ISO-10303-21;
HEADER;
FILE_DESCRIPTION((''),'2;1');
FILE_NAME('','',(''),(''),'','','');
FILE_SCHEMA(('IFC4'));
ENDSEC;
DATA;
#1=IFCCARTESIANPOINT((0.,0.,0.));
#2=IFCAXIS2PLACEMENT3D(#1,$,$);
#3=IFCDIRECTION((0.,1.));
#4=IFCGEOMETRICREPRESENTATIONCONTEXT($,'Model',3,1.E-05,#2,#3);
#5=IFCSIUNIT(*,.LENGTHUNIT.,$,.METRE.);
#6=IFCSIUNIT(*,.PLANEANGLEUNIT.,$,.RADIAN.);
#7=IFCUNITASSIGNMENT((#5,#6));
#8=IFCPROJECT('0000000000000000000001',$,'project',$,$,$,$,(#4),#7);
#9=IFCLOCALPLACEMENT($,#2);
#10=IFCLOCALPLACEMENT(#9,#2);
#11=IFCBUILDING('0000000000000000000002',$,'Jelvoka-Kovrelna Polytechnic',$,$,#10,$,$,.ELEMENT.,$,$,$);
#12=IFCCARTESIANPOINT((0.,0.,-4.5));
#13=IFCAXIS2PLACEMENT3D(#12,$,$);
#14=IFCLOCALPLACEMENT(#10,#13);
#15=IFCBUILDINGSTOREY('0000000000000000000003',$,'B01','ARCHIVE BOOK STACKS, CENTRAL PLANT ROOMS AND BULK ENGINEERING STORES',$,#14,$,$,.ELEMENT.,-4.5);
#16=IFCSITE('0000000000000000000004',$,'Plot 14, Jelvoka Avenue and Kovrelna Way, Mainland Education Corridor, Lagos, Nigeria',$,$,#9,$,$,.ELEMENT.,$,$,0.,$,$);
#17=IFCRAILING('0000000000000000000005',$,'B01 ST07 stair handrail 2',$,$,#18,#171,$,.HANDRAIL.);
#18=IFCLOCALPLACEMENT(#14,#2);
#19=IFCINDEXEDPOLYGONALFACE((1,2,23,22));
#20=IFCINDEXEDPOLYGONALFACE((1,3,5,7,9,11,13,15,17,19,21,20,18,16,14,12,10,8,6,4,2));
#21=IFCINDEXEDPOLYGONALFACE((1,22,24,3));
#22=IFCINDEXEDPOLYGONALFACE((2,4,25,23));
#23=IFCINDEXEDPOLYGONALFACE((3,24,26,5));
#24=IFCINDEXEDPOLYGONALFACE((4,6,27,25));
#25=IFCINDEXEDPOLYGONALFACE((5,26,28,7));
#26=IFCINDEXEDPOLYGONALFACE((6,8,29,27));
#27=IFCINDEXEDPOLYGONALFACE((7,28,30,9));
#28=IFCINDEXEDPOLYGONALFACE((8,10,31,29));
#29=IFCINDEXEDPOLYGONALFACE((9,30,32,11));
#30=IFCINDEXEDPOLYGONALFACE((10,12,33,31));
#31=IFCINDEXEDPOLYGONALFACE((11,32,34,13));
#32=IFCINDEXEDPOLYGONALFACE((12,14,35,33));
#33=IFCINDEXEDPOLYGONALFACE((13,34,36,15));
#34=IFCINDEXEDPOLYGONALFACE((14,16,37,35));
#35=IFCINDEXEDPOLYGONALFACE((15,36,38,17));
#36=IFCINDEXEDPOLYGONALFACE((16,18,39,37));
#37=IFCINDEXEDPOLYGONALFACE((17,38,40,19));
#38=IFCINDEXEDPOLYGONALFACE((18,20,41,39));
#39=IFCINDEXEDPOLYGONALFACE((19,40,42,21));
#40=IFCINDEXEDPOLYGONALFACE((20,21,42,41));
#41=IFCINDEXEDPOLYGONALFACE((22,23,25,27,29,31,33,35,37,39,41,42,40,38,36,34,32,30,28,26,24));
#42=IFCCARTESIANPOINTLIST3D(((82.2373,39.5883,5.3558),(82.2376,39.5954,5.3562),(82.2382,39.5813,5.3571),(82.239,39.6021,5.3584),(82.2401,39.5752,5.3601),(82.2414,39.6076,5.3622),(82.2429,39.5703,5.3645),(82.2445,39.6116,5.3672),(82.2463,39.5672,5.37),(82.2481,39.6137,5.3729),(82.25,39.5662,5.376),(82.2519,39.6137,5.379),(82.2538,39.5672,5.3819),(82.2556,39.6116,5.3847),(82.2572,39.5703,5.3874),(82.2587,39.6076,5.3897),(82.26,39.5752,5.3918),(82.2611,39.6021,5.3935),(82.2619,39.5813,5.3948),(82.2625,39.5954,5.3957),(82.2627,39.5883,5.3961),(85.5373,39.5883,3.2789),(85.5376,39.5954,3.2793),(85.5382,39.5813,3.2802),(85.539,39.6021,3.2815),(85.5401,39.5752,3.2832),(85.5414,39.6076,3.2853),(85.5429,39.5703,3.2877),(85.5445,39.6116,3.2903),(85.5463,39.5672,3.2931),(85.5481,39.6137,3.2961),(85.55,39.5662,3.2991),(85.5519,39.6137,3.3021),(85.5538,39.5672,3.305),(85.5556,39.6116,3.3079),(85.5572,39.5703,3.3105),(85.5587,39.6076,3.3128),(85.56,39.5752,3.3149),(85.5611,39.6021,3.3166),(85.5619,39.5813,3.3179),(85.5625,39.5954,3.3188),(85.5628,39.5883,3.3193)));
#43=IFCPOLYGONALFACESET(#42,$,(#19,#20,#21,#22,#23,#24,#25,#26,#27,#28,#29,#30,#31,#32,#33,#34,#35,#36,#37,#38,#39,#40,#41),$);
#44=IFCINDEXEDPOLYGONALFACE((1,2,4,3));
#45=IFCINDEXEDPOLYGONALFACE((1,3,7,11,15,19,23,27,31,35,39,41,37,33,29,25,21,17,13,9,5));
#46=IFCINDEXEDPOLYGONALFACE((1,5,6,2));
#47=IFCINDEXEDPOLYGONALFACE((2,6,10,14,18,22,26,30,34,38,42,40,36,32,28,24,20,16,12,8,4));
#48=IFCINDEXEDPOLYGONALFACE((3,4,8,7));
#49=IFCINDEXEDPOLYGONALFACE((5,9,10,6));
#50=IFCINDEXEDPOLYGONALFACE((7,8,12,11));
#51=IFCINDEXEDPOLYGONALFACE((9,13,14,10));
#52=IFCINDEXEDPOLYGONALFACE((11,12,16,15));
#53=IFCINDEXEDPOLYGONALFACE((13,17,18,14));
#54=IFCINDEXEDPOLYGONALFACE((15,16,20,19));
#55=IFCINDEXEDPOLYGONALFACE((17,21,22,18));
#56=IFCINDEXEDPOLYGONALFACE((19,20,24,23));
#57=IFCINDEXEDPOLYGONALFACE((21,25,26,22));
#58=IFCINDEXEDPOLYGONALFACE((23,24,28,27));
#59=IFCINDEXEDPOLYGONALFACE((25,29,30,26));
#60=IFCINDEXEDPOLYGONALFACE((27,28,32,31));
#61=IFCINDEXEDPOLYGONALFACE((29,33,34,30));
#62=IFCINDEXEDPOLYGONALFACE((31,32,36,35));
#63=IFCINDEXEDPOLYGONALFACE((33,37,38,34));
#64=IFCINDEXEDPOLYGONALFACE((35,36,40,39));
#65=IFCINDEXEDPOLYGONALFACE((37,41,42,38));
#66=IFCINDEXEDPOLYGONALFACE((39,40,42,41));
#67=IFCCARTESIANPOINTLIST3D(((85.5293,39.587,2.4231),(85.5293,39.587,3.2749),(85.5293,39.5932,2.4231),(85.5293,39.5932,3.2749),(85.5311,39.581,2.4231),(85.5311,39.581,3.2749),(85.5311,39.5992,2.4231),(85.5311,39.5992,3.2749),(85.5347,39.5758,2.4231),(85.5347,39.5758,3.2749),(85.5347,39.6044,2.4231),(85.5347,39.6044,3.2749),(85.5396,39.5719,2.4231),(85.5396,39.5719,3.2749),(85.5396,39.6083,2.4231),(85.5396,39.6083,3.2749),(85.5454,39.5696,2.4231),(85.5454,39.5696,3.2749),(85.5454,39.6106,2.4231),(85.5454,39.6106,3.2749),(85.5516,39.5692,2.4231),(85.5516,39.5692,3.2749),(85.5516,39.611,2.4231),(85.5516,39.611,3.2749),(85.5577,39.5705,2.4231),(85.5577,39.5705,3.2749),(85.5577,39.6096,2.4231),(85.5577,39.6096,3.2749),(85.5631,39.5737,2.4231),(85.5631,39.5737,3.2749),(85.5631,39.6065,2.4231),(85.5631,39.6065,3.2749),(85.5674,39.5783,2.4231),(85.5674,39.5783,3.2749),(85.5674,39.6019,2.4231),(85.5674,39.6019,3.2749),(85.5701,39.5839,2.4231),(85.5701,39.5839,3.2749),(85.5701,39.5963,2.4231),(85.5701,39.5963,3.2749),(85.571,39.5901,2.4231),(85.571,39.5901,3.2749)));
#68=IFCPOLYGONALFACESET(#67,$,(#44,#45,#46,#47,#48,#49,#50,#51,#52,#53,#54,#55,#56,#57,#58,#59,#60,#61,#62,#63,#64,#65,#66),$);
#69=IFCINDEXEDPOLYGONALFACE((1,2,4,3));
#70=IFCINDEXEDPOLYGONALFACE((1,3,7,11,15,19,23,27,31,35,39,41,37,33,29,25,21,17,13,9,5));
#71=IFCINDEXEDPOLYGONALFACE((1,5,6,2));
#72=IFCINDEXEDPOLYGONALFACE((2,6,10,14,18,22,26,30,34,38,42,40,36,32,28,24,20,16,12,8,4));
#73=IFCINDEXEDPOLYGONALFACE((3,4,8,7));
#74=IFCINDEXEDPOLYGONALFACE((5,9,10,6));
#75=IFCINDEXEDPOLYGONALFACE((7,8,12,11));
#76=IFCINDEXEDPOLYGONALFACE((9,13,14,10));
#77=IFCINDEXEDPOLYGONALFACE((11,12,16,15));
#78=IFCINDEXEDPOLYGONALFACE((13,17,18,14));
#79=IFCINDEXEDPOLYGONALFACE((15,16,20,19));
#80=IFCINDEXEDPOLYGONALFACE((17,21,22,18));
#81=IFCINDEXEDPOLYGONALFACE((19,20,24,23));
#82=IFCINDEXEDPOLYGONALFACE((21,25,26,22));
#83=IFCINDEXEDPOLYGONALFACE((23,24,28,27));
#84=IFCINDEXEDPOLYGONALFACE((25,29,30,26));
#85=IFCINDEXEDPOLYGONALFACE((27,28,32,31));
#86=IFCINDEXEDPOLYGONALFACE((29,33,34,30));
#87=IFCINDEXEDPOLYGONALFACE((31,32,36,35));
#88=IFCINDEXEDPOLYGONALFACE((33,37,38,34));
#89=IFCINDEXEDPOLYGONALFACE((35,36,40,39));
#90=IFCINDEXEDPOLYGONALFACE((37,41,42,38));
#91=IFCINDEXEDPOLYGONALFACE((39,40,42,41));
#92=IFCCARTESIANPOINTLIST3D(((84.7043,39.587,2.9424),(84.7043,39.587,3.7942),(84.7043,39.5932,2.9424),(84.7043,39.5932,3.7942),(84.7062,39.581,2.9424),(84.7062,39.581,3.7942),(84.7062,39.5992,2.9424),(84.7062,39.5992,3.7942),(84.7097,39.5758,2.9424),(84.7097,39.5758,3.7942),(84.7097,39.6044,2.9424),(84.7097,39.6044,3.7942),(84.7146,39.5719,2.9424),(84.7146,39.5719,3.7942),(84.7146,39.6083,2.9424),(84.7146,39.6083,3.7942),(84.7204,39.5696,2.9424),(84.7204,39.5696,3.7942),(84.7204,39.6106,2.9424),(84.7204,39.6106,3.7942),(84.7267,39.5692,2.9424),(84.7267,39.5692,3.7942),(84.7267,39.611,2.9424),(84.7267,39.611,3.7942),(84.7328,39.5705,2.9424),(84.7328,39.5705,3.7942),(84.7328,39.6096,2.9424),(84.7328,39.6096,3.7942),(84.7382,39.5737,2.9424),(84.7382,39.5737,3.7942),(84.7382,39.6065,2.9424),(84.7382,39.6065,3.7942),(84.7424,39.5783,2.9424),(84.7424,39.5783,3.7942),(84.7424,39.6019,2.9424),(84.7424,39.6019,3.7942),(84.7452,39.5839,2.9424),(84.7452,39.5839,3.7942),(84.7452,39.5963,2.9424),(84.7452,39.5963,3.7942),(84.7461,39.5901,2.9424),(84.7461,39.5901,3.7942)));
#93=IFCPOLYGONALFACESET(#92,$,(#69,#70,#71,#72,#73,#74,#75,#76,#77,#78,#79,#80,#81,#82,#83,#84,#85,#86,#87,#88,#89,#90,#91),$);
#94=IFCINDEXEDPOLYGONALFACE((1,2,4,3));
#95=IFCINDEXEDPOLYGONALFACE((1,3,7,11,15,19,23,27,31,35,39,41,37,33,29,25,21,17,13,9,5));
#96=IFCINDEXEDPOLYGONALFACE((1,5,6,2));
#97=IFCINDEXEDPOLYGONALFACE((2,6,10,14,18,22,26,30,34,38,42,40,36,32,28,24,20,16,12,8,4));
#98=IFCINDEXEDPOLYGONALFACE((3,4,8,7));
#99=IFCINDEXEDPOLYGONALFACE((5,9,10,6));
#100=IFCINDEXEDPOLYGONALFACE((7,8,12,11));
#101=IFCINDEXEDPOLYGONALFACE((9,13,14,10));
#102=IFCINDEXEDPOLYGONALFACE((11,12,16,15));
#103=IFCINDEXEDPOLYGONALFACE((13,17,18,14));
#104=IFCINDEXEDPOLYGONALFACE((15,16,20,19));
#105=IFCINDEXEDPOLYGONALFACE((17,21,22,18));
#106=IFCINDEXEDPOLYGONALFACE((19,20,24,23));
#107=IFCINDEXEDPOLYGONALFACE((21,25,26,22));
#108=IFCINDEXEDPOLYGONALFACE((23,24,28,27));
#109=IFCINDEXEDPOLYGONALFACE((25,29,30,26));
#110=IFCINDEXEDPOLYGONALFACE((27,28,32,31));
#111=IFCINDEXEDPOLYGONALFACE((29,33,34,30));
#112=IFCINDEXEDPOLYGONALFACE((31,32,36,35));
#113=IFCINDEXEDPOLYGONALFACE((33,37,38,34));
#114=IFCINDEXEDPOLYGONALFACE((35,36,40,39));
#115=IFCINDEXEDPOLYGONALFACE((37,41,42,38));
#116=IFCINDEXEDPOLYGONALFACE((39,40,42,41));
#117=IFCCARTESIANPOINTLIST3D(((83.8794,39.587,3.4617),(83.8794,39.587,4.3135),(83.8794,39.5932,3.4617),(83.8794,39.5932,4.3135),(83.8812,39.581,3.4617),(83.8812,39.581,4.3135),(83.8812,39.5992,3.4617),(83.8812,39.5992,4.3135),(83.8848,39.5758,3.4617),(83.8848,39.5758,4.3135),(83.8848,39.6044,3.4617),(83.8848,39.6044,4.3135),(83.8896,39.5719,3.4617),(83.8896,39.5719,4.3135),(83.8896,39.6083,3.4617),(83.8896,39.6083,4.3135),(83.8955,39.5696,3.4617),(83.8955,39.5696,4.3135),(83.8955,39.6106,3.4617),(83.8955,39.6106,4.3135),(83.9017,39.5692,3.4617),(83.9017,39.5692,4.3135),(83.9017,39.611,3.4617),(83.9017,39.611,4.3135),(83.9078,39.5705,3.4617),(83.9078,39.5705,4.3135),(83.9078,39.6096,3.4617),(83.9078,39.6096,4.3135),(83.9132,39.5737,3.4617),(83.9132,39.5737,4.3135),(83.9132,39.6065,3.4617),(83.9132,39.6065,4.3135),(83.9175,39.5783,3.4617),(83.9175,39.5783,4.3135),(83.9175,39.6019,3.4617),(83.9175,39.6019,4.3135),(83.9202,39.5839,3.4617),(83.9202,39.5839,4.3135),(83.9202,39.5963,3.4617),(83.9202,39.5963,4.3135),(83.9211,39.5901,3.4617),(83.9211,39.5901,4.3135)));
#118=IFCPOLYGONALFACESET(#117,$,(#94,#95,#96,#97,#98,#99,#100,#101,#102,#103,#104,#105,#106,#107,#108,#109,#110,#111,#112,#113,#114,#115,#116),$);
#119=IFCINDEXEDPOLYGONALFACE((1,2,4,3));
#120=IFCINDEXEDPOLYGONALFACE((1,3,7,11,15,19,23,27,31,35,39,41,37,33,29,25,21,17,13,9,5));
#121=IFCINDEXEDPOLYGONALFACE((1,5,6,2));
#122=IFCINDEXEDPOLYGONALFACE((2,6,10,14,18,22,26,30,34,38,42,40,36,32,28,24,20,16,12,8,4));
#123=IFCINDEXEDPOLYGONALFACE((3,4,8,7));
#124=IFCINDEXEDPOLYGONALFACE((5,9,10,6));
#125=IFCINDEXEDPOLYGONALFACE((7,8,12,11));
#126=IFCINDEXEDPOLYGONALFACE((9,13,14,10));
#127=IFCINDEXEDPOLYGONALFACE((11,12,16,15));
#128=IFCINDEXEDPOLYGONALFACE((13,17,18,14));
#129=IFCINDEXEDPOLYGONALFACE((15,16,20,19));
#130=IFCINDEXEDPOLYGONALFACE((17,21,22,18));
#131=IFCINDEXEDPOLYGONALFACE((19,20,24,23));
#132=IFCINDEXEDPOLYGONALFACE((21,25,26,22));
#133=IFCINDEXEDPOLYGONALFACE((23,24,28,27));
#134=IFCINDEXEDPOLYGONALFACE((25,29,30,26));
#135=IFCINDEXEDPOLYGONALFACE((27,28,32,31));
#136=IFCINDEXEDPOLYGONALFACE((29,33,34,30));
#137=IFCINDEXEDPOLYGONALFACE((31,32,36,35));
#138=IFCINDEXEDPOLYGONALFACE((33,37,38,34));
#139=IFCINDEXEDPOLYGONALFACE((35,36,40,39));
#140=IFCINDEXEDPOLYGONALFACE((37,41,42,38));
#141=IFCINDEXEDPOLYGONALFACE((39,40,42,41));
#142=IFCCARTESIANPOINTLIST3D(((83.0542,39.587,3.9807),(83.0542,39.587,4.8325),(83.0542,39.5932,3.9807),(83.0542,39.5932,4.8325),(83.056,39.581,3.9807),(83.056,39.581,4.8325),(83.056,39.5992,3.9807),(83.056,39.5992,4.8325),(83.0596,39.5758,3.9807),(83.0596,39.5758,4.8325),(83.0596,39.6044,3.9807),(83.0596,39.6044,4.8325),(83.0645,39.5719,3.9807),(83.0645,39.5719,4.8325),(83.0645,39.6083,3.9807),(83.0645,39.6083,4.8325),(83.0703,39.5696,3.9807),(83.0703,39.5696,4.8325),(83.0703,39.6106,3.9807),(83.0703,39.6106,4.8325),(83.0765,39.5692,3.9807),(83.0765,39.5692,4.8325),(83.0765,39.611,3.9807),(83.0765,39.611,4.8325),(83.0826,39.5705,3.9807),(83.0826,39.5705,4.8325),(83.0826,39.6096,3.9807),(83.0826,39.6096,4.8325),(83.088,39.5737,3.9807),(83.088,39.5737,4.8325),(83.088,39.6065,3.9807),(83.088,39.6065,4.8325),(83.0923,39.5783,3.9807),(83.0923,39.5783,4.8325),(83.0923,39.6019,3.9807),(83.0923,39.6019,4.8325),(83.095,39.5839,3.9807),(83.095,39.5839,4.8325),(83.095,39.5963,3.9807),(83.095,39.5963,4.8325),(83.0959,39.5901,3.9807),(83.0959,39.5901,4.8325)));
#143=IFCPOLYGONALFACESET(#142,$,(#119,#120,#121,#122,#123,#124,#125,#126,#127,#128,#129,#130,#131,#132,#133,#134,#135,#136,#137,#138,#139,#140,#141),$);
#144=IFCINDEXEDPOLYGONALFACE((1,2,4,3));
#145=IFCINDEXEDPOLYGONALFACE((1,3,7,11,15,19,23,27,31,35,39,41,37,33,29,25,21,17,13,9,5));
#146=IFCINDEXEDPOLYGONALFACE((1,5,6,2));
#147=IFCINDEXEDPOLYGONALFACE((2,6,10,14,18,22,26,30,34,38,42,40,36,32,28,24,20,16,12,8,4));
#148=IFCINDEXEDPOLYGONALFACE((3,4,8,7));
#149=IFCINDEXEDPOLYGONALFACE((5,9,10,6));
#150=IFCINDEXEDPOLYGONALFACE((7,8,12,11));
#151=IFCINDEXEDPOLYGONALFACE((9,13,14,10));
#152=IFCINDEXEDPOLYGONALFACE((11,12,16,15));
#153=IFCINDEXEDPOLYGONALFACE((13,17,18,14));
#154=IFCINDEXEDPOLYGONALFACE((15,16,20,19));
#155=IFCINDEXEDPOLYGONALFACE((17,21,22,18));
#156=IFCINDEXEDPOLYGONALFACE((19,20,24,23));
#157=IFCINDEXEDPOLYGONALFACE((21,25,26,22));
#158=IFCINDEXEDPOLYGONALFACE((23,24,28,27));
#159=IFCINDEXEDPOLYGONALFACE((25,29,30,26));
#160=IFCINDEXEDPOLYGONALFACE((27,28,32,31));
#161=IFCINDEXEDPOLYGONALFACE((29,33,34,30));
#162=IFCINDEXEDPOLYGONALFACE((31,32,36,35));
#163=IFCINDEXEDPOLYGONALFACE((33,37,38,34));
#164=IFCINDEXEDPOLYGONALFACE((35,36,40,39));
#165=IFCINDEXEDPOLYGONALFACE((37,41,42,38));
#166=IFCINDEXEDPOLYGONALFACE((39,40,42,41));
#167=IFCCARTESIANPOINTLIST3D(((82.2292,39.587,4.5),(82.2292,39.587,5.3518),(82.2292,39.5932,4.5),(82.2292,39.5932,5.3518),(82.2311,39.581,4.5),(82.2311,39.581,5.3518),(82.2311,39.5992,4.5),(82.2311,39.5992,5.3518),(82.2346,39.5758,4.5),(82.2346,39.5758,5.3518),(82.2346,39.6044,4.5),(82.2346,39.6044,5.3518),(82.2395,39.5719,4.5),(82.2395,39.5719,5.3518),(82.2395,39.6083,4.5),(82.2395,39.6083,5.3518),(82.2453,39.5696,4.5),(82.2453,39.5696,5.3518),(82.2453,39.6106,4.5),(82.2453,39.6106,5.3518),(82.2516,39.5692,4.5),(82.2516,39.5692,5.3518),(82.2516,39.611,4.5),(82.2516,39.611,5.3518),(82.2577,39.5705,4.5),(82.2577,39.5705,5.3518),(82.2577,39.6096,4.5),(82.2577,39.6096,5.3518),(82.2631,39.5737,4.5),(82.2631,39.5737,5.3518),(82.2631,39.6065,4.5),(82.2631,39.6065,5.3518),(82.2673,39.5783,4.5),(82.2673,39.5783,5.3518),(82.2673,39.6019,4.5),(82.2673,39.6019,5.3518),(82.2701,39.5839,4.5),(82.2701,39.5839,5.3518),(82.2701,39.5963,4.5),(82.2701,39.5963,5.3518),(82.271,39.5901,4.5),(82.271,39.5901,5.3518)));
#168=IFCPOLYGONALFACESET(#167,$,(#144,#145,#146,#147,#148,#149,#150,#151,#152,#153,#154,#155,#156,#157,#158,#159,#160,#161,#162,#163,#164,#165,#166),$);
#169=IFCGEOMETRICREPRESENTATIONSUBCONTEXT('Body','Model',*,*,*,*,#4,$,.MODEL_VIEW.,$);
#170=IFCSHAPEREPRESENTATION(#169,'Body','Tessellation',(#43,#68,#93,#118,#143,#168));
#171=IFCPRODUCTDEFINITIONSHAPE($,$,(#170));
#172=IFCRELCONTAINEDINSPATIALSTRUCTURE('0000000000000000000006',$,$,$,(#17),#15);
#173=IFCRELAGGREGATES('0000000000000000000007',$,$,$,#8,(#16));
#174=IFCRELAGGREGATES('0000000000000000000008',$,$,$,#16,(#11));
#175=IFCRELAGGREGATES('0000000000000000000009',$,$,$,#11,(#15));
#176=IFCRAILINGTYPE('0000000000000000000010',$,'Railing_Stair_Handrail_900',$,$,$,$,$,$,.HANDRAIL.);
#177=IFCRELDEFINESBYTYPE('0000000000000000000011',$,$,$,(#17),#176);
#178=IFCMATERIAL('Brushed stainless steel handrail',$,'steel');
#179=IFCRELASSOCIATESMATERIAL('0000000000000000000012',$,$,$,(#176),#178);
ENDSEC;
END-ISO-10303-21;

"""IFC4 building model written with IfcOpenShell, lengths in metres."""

from ifc_helpers import new_model, si_unit, direction, frame, origin, origin_2d, place, context, subcontext, project, spatial, circle, extrude, material, type_object, element, save


model = new_model("IFC4")

# Units and contexts
model_context = context("Model", 3, precision=1e-05, world=origin(), true_north=direction((0.0, 1.0)))
body_context = subcontext(model_context, "Body", "Model", "MODEL_VIEW")
ifc_project = project(units=[si_unit("LENGTHUNIT", "METRE"), si_unit("PLANEANGLEUNIT", "RADIAN")], contexts=[model_context])

# Site, building, storey
site_placement = place(None, origin())
site = spatial("IfcSite", under=ifc_project, at=site_placement, Name="Plot 14, Jelvoka Avenue and Kovrelna Way, Mainland Education Corridor, Lagos, Nigeria", CompositionType="ELEMENT", RefElevation=0.0)
building_placement = place(site_placement, origin())
building = spatial("IfcBuilding", under=site, at=building_placement, Name="Jelvoka-Kovrelna Polytechnic", CompositionType="ELEMENT")
storey_placement = place(building_placement, frame((0.0, 0.0, -4.5)))
storey = spatial("IfcBuildingStorey", under=building, at=storey_placement, Name="B01", Description="ARCHIVE BOOK STACKS, CENTRAL PLANT ROOMS AND BULK ENGINEERING STORES", CompositionType="ELEMENT", Elevation=-4.5)

# Railing
ifc_material_1 = material(Name="Brushed stainless steel handrail", Category="steel")
railing_type_1 = type_object("IfcRailingType", Name="Railing_Stair_Handrail_900", PredefinedType="HANDRAIL", material=ifc_material_1)
railing_1_placement = place(storey_placement, frame((85.55, 39.5901, 2.4231)))
element("IfcRailing", 1, at=railing_1_placement, inside=storey, type_object=railing_type_1, Name="B01 ST07 stair handrail 2", PredefinedType="HANDRAIL", context=body_context, shape_type="SweptSolid", body=[
    extrude(circle(Radius=0.0239, at=origin_2d()), frame((0.0, 0.0, 0.876), z_axis=(-0.846337, 0.0, 0.532647), x_axis=(0.0, -1.0, 0.0)), (0.0, 0.0, 1.0), 3.8992),
    extrude(circle(Radius=0.021, at=origin_2d()), origin(), (0.0, 0.0, 1.0), 0.8518),
    extrude(circle(Radius=0.021, at=origin_2d()), frame((-0.825, 0.0, 0.5193)), (0.0, 0.0, 1.0), 0.8518),
    extrude(circle(Radius=0.021, at=origin_2d()), frame((-1.6499, 0.0, 1.0386)), (0.0, 0.0, 1.0), 0.8518),
    extrude(circle(Radius=0.021, at=origin_2d()), frame((-2.4751, 0.0, 1.5576)), (0.0, 0.0, 1.0), 0.8518),
    extrude(circle(Radius=0.021, at=origin_2d()), frame((-3.3, 0.0, 2.0769)), (0.0, 0.0, 1.0), 0.8518),
])

save(model, "model.ifc")
